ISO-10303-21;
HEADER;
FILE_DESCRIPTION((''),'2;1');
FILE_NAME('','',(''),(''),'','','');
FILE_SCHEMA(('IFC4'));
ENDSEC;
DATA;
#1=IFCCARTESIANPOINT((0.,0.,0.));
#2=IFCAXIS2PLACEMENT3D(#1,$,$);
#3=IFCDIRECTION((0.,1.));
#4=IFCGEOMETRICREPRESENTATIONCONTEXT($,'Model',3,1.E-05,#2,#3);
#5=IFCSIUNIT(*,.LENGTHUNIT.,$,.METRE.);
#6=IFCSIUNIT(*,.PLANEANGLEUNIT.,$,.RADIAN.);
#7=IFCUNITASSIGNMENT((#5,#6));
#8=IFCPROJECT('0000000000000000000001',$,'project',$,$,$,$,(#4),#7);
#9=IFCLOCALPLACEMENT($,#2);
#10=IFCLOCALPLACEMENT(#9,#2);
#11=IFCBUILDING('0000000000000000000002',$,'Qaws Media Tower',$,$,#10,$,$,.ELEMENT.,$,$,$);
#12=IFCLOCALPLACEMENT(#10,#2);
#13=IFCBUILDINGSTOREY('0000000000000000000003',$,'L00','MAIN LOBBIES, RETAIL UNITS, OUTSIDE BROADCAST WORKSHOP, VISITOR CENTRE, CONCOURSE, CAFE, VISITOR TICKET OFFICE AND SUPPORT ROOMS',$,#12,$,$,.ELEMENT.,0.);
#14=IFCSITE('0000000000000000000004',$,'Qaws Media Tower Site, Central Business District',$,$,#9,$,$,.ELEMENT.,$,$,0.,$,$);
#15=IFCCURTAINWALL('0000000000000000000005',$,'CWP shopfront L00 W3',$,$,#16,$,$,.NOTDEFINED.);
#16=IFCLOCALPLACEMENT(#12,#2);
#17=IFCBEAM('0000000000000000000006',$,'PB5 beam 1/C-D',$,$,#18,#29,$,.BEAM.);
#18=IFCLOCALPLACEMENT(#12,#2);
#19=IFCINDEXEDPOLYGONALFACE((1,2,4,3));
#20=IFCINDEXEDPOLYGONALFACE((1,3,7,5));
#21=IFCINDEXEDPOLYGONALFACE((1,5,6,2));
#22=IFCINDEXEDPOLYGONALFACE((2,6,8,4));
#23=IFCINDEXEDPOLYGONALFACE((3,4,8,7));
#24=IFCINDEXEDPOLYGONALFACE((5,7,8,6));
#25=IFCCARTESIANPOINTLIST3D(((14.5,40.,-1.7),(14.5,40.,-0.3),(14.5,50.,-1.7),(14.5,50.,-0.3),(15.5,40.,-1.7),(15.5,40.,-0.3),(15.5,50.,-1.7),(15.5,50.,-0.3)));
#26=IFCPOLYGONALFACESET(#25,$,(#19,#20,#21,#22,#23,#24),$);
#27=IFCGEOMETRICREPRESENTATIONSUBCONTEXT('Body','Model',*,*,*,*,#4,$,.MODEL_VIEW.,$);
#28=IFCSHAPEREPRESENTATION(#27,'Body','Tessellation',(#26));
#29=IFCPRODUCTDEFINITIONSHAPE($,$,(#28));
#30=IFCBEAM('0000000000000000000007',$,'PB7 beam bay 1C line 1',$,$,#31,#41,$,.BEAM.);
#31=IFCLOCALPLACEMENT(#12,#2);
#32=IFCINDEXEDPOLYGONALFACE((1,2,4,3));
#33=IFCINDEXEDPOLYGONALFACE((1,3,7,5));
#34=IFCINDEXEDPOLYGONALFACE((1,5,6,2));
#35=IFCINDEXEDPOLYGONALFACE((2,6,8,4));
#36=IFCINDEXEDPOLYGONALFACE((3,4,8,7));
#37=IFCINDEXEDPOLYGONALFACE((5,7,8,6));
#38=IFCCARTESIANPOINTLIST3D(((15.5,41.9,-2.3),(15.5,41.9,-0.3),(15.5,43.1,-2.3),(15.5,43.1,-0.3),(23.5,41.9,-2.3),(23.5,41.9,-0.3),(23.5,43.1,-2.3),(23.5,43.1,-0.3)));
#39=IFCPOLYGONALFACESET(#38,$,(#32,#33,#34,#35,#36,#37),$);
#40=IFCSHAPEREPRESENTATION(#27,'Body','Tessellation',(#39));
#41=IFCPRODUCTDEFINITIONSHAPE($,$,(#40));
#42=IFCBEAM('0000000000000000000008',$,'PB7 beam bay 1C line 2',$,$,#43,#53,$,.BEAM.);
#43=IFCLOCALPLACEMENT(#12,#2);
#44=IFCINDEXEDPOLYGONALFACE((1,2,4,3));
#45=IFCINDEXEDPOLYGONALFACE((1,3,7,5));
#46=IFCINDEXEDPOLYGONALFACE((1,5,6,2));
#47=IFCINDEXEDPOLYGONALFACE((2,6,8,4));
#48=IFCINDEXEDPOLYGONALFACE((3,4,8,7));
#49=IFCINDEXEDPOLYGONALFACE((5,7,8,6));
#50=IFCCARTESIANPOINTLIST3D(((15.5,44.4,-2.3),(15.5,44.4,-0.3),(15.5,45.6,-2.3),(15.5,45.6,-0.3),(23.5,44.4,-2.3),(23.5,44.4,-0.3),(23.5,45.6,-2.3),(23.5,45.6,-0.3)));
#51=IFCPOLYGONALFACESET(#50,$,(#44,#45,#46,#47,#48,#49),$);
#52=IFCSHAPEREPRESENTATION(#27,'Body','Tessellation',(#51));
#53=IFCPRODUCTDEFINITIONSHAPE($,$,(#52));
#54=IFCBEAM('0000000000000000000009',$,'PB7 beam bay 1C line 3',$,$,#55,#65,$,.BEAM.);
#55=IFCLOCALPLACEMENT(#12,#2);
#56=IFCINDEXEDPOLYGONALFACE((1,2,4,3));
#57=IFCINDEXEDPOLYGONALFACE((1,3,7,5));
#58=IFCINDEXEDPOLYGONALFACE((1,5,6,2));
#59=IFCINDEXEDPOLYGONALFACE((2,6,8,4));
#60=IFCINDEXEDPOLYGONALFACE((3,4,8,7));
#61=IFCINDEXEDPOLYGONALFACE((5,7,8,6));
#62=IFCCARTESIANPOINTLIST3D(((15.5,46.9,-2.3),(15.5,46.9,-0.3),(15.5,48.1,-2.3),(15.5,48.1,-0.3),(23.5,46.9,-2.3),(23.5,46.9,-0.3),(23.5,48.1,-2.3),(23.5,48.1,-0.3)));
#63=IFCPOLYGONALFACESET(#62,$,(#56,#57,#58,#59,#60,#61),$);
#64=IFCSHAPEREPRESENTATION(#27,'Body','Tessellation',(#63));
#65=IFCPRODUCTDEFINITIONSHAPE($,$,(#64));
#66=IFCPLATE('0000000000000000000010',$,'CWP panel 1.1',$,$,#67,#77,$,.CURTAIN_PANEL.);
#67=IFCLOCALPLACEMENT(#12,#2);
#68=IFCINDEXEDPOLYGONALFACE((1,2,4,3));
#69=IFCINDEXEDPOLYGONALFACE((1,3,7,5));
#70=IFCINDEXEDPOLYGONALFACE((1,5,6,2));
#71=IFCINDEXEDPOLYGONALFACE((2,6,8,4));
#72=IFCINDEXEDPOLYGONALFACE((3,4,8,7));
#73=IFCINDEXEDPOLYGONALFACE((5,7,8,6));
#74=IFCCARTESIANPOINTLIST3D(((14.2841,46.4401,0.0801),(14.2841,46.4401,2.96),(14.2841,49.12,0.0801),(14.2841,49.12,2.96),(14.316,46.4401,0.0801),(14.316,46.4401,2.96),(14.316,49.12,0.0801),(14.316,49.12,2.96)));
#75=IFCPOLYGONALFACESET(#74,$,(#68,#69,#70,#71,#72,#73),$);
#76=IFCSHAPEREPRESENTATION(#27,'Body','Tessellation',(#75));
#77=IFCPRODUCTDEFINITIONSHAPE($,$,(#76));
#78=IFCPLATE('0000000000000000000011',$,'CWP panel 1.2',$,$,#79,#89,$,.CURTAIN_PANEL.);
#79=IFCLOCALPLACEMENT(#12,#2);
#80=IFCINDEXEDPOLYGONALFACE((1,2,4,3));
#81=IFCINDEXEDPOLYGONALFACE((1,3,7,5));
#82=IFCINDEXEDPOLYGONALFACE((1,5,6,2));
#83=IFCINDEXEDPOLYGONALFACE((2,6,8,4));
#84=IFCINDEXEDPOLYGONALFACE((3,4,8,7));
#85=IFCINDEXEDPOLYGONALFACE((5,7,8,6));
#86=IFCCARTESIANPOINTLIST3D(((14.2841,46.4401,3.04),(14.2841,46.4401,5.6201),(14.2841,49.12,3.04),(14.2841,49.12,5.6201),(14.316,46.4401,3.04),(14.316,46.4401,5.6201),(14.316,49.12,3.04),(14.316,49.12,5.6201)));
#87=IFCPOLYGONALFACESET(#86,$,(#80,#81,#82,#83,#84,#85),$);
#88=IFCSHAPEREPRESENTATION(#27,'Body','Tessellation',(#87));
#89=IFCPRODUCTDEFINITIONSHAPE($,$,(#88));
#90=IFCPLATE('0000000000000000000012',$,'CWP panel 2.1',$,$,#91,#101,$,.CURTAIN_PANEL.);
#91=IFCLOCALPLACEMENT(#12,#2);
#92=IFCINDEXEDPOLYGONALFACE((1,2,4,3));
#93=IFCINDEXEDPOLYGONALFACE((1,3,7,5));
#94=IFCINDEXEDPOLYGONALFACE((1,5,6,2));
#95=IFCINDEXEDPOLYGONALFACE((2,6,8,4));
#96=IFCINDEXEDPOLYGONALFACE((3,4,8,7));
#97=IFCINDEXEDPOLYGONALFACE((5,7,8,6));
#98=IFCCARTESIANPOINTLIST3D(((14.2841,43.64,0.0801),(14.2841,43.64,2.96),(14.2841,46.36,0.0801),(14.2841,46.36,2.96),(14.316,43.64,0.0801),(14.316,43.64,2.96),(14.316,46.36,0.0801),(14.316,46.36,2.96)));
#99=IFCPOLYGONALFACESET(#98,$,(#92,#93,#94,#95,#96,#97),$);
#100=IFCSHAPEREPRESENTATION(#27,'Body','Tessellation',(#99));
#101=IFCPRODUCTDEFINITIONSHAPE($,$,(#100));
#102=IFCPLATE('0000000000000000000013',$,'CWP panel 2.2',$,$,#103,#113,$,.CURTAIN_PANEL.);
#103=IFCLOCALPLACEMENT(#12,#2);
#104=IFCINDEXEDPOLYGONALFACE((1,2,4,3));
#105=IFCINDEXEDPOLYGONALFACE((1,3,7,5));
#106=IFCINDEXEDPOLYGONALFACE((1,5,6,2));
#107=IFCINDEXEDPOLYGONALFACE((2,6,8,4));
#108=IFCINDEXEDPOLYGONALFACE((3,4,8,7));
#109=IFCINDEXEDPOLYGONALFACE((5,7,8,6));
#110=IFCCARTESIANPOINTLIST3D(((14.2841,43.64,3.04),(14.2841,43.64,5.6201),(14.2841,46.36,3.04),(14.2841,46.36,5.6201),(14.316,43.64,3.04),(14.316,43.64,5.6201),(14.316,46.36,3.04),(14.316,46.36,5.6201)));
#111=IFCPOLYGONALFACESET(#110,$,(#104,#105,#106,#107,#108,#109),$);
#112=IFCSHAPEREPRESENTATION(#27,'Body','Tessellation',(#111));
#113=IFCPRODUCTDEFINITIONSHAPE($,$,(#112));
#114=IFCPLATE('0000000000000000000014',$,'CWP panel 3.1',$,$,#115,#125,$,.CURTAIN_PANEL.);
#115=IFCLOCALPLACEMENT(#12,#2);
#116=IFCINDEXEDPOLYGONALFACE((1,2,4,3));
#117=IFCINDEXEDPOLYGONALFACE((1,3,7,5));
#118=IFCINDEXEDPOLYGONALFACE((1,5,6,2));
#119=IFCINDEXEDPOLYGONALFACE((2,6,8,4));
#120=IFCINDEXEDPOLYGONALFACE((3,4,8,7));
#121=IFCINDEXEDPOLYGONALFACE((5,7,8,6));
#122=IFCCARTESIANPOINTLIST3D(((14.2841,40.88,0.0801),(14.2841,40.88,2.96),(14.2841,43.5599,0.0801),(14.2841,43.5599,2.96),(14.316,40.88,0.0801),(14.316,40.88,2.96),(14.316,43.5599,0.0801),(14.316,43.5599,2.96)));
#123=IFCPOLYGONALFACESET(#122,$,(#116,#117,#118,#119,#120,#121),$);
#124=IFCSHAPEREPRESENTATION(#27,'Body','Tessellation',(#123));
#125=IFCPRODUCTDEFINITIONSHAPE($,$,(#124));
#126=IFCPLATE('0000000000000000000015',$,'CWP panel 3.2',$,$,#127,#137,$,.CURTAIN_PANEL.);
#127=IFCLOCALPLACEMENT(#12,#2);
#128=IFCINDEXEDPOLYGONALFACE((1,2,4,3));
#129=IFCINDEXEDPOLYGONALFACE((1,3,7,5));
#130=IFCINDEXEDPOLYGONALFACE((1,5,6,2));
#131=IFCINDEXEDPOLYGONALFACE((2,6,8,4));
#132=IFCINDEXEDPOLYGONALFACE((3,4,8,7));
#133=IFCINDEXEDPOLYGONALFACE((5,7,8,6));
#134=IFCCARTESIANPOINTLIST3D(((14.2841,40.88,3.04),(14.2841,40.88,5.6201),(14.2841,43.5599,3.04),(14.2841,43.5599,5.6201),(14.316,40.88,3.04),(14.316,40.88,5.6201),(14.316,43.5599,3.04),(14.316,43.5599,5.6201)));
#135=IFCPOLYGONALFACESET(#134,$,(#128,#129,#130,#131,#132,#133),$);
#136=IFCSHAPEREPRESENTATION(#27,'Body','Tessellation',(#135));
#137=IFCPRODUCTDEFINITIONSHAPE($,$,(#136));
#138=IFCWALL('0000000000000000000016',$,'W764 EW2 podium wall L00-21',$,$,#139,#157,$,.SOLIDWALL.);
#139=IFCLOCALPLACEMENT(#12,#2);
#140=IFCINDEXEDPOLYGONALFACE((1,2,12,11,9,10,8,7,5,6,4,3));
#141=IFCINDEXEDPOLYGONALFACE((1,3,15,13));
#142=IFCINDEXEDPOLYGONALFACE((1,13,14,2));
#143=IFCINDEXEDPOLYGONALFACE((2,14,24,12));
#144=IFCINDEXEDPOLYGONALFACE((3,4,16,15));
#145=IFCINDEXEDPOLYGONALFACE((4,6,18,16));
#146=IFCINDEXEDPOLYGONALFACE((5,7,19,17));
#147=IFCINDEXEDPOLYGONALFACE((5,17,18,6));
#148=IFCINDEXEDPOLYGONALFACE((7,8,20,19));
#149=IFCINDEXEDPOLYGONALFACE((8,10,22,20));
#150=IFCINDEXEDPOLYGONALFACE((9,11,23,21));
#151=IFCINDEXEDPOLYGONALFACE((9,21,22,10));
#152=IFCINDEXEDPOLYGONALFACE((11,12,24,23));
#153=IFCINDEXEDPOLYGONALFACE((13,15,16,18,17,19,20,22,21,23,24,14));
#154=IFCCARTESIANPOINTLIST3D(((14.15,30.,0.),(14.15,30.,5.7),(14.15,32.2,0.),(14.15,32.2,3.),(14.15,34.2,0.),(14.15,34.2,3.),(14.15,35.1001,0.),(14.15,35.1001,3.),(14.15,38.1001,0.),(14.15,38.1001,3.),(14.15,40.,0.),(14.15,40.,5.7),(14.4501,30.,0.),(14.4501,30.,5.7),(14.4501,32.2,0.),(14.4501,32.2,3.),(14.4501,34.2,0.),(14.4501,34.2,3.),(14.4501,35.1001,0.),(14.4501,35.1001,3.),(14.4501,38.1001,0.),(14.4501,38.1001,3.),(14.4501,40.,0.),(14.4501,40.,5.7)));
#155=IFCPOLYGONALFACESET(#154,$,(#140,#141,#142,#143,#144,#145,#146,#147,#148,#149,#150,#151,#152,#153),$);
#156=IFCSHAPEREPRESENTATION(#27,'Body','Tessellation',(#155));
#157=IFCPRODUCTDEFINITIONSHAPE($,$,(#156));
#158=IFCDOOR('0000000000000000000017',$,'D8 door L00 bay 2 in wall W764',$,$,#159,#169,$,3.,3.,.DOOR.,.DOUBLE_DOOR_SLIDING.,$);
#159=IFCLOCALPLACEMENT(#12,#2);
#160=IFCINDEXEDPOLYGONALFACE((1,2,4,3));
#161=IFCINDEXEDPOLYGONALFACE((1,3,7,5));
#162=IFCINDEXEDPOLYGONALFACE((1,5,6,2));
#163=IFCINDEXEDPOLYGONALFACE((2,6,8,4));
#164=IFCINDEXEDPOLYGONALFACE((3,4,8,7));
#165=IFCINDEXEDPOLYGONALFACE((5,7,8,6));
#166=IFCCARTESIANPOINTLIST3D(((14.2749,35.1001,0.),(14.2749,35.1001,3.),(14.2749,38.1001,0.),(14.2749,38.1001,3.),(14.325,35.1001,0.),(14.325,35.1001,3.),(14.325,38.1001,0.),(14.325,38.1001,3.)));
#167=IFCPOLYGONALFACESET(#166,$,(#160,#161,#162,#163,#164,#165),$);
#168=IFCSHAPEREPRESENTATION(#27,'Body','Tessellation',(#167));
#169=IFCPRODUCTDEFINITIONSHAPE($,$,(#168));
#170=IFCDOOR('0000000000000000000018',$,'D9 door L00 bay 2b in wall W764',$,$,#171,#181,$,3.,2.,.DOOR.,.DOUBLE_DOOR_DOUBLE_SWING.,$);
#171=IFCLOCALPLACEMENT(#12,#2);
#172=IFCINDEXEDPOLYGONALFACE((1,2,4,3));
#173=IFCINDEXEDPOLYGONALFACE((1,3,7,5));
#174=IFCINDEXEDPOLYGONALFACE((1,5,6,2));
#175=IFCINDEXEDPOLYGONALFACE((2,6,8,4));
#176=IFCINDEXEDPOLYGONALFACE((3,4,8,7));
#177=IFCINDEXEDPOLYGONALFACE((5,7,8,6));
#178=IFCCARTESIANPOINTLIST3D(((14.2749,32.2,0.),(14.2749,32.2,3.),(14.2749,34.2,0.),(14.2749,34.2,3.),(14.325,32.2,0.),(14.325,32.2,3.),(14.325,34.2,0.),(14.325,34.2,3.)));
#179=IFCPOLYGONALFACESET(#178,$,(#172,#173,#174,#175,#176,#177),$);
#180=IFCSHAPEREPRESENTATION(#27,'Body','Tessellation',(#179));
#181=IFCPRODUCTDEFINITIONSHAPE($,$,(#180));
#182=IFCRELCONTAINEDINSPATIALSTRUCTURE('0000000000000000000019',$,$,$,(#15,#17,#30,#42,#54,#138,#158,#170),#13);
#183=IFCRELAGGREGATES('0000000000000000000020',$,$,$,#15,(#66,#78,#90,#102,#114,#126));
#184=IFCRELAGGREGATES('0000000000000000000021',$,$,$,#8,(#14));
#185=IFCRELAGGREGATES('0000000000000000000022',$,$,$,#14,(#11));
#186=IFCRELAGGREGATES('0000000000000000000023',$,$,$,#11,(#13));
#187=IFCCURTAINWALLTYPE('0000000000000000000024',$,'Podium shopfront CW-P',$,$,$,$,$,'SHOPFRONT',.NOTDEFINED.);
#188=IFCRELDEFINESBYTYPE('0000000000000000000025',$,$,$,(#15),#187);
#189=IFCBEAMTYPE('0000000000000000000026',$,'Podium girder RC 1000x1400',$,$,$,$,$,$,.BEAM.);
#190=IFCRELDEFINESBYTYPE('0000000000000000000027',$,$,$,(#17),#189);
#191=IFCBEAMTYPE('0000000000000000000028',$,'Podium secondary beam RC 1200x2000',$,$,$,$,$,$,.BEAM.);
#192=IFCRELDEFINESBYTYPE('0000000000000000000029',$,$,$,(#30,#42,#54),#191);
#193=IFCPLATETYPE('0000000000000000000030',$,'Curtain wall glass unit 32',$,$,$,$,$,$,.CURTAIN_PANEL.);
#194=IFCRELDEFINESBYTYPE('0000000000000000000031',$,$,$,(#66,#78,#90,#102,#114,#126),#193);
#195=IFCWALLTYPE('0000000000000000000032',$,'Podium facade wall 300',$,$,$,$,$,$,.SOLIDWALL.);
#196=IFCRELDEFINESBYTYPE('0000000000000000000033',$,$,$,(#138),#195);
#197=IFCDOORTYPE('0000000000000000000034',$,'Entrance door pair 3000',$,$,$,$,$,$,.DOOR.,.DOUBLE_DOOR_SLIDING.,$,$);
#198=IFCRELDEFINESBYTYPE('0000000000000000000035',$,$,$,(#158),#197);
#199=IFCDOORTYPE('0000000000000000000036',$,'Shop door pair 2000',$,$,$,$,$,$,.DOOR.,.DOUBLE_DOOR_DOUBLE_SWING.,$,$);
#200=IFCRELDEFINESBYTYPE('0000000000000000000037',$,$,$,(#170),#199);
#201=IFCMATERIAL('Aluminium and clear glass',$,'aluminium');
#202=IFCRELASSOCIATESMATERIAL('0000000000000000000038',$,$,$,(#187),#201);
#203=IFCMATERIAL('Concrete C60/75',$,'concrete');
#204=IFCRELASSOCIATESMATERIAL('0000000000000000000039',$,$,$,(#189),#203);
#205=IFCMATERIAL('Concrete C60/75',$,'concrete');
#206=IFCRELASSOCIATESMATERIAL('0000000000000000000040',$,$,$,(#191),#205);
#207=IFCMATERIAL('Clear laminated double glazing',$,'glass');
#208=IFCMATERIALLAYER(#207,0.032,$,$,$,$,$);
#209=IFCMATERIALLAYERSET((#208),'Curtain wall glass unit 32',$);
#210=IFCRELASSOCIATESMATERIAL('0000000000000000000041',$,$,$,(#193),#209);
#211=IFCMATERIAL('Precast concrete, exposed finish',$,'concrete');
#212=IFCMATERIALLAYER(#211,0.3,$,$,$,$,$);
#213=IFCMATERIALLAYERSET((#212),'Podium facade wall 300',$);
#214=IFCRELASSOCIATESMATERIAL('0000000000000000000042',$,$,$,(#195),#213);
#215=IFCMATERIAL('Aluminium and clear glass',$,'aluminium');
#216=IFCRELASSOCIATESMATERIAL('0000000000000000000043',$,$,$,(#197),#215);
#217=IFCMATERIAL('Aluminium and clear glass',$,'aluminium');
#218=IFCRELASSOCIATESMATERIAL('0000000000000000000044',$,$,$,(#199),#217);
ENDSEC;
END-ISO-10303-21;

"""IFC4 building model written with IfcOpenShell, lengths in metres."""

from ifc_helpers import new_model, si_unit, direction, frame, frame_2d, origin, origin_2d, place, context, subcontext, project, spatial, rectangle, extrude, material, layer, layer_set, material_profile, profile_set, type_object, element, fill, aggregate, save


model = new_model("IFC4")

# Units and contexts
model_context = context("Model", 3, precision=1e-05, world=origin(), true_north=direction((0.0, 1.0)))
body_context = subcontext(model_context, "Body", "Model", "MODEL_VIEW")
ifc_project = project(units=[si_unit("LENGTHUNIT", "METRE"), si_unit("PLANEANGLEUNIT", "RADIAN")], contexts=[model_context])

# Site, building, storey
site_placement = place(None, origin())
site = spatial("IfcSite", under=ifc_project, at=site_placement, Name="Qaws Media Tower Site, Central Business District", CompositionType="ELEMENT", RefElevation=0.0)
building_placement = place(site_placement, origin())
building = spatial("IfcBuilding", under=site, at=building_placement, Name="Qaws Media Tower", CompositionType="ELEMENT")
storey_placement = place(building_placement, origin())
storey = spatial("IfcBuildingStorey", under=building, at=storey_placement, Name="L00", Description="MAIN LOBBIES, RETAIL UNITS, OUTSIDE BROADCAST WORKSHOP, VISITOR CENTRE, CONCOURSE, CAFE, VISITOR TICKET OFFICE AND SUPPORT ROOMS", CompositionType="ELEMENT", Elevation=0.0)

# Curtain wall
ifc_material_1 = material(Name="Aluminium and clear glass", Category="aluminium")
curtain_wall_type = type_object("IfcCurtainWallType", Name="Podium shopfront CW-P", ElementType="SHOPFRONT", PredefinedType="NOTDEFINED", material=ifc_material_1)
curtain_wall_placement = place(storey_placement, origin())
curtain_wall = element("IfcCurtainWall", 1, at=curtain_wall_placement, inside=storey, type_object=curtain_wall_type, Name="CWP shopfront L00 W3", PredefinedType="NOTDEFINED")

# Beams
ifc_material_2 = material(Name="Concrete C60/75", Category="concrete")
ifc_material_profile_1 = material_profile(ifc_material_2, rectangle(XDim=1.0, YDim=1.3999, at=origin_2d()), Name="RC 1000x1400")
ifc_profile_set_1 = profile_set([ifc_material_profile_1], Name="Concrete C60/75")
beam_type_1 = type_object("IfcBeamType", Name="Podium girder RC 1000x1400", PredefinedType="BEAM", material=ifc_profile_set_1)
beam_1_placement = place(storey_placement, frame((15.0, 40.0, -1.0), z_axis=(0.0, 1.0, 0.0), x_axis=(-1.0, 0.0, 0.0)))
element("IfcBeam", 2, at=beam_1_placement, inside=storey, type_object=beam_type_1, Name="PB5 beam 1/C-D", PredefinedType="BEAM", context=body_context, shape_type="SweptSolid", body=[
    extrude(rectangle(XDim=1.0, YDim=1.3999, at=origin_2d()), origin(), (0.0, 0.0, 1.0), 10.0),
])
ifc_material_3 = material(Name="Concrete C60/75", Category="concrete")
ifc_material_profile_2 = material_profile(ifc_material_3, rectangle(XDim=1.2, YDim=2.0, at=origin_2d()), Name="RC 1200x2000")
ifc_profile_set_2 = profile_set([ifc_material_profile_2], Name="Concrete C60/75")
beam_type_2 = type_object("IfcBeamType", Name="Podium secondary beam RC 1200x2000", PredefinedType="BEAM", material=ifc_profile_set_2)
for number, where, z_axis, x_axis, name in (
    (3, (15.5, 42.5, -1.3), (1.0, 0.0, 0.0), (0.0, 1.0, 0.0), "PB7 beam bay 1C line 1"),
    (4, (15.5, 45.0, -1.3), (1.0, 0.0, 0.0), (0.0, 1.0, 0.0), "PB7 beam bay 1C line 2"),
    (5, (15.5, 47.5, -1.3), (1.0, 0.0, 0.0), (0.0, 1.0, 0.0), "PB7 beam bay 1C line 3"),
):
    element("IfcBeam", number, at=place(storey_placement, frame(where, z_axis=z_axis, x_axis=x_axis)), inside=storey, type_object=beam_type_2, Name=name, PredefinedType="BEAM", context=body_context, shape_type="SweptSolid", body=[
        extrude(rectangle(XDim=1.2, YDim=2.0, at=origin_2d()), origin(), (0.0, 0.0, 1.0), 8.0),
    ])

# Plates
ifc_material_4 = material(Name="Clear laminated double glazing", Category="glass")
ifc_layer_1 = layer(ifc_material_4, 0.032)
ifc_layer_set_1 = layer_set([ifc_layer_1], Name="Curtain wall glass unit 32")
plate_type = type_object("IfcPlateType", Name="Curtain wall glass unit 32", PredefinedType="CURTAIN_PANEL", material=ifc_layer_set_1)
plate_1_placement = place(storey_placement, frame((14.3, 47.78, 0.0801), z_axis=(0.0, 0.0, 1.0), x_axis=(0.0, -1.0, 0.0)))
plate_1 = element("IfcPlate", 6, at=plate_1_placement, type_object=plate_type, Name="CWP panel 1.1", PredefinedType="CURTAIN_PANEL", context=body_context, shape_type="SweptSolid", body=[
    extrude(rectangle(XDim=2.6799, YDim=0.032, at=origin_2d()), origin(), (0.0, 0.0, 1.0), 2.8799),
])
plate_2_placement = place(storey_placement, frame((14.3, 47.78, 3.04), z_axis=(0.0, 0.0, 1.0), x_axis=(0.0, -1.0, 0.0)))
plate_2 = element("IfcPlate", 7, at=plate_2_placement, type_object=plate_type, Name="CWP panel 1.2", PredefinedType="CURTAIN_PANEL", context=body_context, shape_type="SweptSolid", body=[
    extrude(rectangle(XDim=2.6799, YDim=0.032, at=origin_2d()), origin(), (0.0, 0.0, 1.0), 2.5801),
])
plate_3_placement = place(storey_placement, frame((14.3, 45.0, 0.0801), z_axis=(0.0, 0.0, 1.0), x_axis=(0.0, -1.0, 0.0)))
plate_3 = element("IfcPlate", 8, at=plate_3_placement, type_object=plate_type, Name="CWP panel 2.1", PredefinedType="CURTAIN_PANEL", context=body_context, shape_type="SweptSolid", body=[
    extrude(rectangle(XDim=2.72, YDim=0.032, at=origin_2d()), origin(), (0.0, 0.0, 1.0), 2.8799),
])
plate_4_placement = place(storey_placement, frame((14.3, 45.0, 3.04), z_axis=(0.0, 0.0, 1.0), x_axis=(0.0, -1.0, 0.0)))
plate_4 = element("IfcPlate", 9, at=plate_4_placement, type_object=plate_type, Name="CWP panel 2.2", PredefinedType="CURTAIN_PANEL", context=body_context, shape_type="SweptSolid", body=[
    extrude(rectangle(XDim=2.72, YDim=0.032, at=origin_2d()), origin(), (0.0, 0.0, 1.0), 2.5801),
])
plate_5_placement = place(storey_placement, frame((14.3, 42.22, 0.0801), z_axis=(0.0, 0.0, 1.0), x_axis=(0.0, -1.0, 0.0)))
plate_5 = element("IfcPlate", 10, at=plate_5_placement, type_object=plate_type, Name="CWP panel 3.1", PredefinedType="CURTAIN_PANEL", context=body_context, shape_type="SweptSolid", body=[
    extrude(rectangle(XDim=2.6799, YDim=0.032, at=origin_2d()), origin(), (0.0, 0.0, 1.0), 2.8799),
])
plate_6_placement = place(storey_placement, frame((14.3, 42.22, 3.04), z_axis=(0.0, 0.0, 1.0), x_axis=(0.0, -1.0, 0.0)))
plate_6 = element("IfcPlate", 11, at=plate_6_placement, type_object=plate_type, Name="CWP panel 3.2", PredefinedType="CURTAIN_PANEL", context=body_context, shape_type="SweptSolid", body=[
    extrude(rectangle(XDim=2.6799, YDim=0.032, at=origin_2d()), origin(), (0.0, 0.0, 1.0), 2.5801),
])
aggregate(curtain_wall, [plate_1, plate_2, plate_3, plate_4, plate_5, plate_6])

# Wall, openings, doors
ifc_material_5 = material(Name="Precast concrete, exposed finish", Category="concrete")
ifc_layer_2 = layer(ifc_material_5, 0.3)
ifc_layer_set_2 = layer_set([ifc_layer_2], Name="Podium facade wall 300")
wall_type = type_object("IfcWallType", Name="Podium facade wall 300", PredefinedType="SOLIDWALL", material=ifc_layer_set_2)
wall_placement = place(storey_placement, frame((14.3, 40.0, 0.0), z_axis=(0.0, 0.0, 1.0), x_axis=(0.0, -1.0, 0.0)))
wall = element("IfcWall", 12, at=wall_placement, inside=storey, type_object=wall_type, Name="W764 EW2 podium wall L00-21", PredefinedType="SOLIDWALL", context=body_context, shape_type="SweptSolid", body=[
    extrude(rectangle(XDim=10.0, YDim=0.3, at=frame_2d((5.0, 0.0))), origin(), (0.0, 0.0, 1.0), 5.7),
])
opening_1_placement = place(wall_placement, frame((1.8999, 0.0, 0.0)))
opening_1 = element("IfcOpeningElement", 13, at=opening_1_placement, cuts=wall, PredefinedType="OPENING", context=body_context, shape_type="SweptSolid", body=[
    extrude(rectangle(XDim=3.0, YDim=3.0, at=frame_2d((1.5, 1.5))), frame((0.0, 0.1599, 0.0), z_axis=(0.0, -1.0, 0.0), x_axis=(1.0, 0.0, 0.0)), (0.0, 0.0, 1.0), 0.3201),
])
opening_2_placement = place(wall_placement, frame((5.8, 0.0, 0.0)))
opening_2 = element("IfcOpeningElement", 14, at=opening_2_placement, cuts=wall, PredefinedType="OPENING", context=body_context, shape_type="SweptSolid", body=[
    extrude(rectangle(XDim=2.0, YDim=3.0, at=frame_2d((1.0, 1.5))), frame((0.0, 0.1599, 0.0), z_axis=(0.0, -1.0, 0.0), x_axis=(1.0, 0.0, 0.0)), (0.0, 0.0, 1.0), 0.3201),
])
ifc_material_6 = material(Name="Aluminium and clear glass", Category="aluminium")
door_type_1 = type_object("IfcDoorType", Name="Entrance door pair 3000", OperationType="DOUBLE_DOOR_SLIDING", PredefinedType="DOOR", material=ifc_material_6)
door_1_placement = place(opening_1_placement, origin())
door_1 = element("IfcDoor", 15, at=door_1_placement, inside=storey, type_object=door_type_1, Name="D8 door L00 bay 2 in wall W764", OperationType="DOUBLE_DOOR_SLIDING", OverallHeight=3.0, OverallWidth=3.0, PredefinedType="DOOR", context=body_context, shape_type="SweptSolid", body=[
    extrude(rectangle(XDim=3.0, YDim=3.0, at=frame_2d((1.5, 1.5))), frame((0.0, 0.0249, 0.0), z_axis=(0.0, -1.0, 0.0), x_axis=(1.0, 0.0, 0.0)), (0.0, 0.0, 1.0), 0.05),
])
fill(opening_1, door_1)
ifc_material_7 = material(Name="Aluminium and clear glass", Category="aluminium")
door_type_2 = type_object("IfcDoorType", Name="Shop door pair 2000", OperationType="DOUBLE_DOOR_DOUBLE_SWING", PredefinedType="DOOR", material=ifc_material_7)
door_2_placement = place(opening_2_placement, origin())
door_2 = element("IfcDoor", 16, at=door_2_placement, inside=storey, type_object=door_type_2, Name="D9 door L00 bay 2b in wall W764", OperationType="DOUBLE_DOOR_DOUBLE_SWING", OverallHeight=3.0, OverallWidth=2.0, PredefinedType="DOOR", context=body_context, shape_type="SweptSolid", body=[
    extrude(rectangle(XDim=2.0, YDim=3.0, at=frame_2d((1.0, 1.5))), frame((0.0, 0.0249, 0.0), z_axis=(0.0, -1.0, 0.0), x_axis=(1.0, 0.0, 0.0)), (0.0, 0.0, 1.0), 0.05),
])
fill(opening_2, door_2)

save(model, "model.ifc")
